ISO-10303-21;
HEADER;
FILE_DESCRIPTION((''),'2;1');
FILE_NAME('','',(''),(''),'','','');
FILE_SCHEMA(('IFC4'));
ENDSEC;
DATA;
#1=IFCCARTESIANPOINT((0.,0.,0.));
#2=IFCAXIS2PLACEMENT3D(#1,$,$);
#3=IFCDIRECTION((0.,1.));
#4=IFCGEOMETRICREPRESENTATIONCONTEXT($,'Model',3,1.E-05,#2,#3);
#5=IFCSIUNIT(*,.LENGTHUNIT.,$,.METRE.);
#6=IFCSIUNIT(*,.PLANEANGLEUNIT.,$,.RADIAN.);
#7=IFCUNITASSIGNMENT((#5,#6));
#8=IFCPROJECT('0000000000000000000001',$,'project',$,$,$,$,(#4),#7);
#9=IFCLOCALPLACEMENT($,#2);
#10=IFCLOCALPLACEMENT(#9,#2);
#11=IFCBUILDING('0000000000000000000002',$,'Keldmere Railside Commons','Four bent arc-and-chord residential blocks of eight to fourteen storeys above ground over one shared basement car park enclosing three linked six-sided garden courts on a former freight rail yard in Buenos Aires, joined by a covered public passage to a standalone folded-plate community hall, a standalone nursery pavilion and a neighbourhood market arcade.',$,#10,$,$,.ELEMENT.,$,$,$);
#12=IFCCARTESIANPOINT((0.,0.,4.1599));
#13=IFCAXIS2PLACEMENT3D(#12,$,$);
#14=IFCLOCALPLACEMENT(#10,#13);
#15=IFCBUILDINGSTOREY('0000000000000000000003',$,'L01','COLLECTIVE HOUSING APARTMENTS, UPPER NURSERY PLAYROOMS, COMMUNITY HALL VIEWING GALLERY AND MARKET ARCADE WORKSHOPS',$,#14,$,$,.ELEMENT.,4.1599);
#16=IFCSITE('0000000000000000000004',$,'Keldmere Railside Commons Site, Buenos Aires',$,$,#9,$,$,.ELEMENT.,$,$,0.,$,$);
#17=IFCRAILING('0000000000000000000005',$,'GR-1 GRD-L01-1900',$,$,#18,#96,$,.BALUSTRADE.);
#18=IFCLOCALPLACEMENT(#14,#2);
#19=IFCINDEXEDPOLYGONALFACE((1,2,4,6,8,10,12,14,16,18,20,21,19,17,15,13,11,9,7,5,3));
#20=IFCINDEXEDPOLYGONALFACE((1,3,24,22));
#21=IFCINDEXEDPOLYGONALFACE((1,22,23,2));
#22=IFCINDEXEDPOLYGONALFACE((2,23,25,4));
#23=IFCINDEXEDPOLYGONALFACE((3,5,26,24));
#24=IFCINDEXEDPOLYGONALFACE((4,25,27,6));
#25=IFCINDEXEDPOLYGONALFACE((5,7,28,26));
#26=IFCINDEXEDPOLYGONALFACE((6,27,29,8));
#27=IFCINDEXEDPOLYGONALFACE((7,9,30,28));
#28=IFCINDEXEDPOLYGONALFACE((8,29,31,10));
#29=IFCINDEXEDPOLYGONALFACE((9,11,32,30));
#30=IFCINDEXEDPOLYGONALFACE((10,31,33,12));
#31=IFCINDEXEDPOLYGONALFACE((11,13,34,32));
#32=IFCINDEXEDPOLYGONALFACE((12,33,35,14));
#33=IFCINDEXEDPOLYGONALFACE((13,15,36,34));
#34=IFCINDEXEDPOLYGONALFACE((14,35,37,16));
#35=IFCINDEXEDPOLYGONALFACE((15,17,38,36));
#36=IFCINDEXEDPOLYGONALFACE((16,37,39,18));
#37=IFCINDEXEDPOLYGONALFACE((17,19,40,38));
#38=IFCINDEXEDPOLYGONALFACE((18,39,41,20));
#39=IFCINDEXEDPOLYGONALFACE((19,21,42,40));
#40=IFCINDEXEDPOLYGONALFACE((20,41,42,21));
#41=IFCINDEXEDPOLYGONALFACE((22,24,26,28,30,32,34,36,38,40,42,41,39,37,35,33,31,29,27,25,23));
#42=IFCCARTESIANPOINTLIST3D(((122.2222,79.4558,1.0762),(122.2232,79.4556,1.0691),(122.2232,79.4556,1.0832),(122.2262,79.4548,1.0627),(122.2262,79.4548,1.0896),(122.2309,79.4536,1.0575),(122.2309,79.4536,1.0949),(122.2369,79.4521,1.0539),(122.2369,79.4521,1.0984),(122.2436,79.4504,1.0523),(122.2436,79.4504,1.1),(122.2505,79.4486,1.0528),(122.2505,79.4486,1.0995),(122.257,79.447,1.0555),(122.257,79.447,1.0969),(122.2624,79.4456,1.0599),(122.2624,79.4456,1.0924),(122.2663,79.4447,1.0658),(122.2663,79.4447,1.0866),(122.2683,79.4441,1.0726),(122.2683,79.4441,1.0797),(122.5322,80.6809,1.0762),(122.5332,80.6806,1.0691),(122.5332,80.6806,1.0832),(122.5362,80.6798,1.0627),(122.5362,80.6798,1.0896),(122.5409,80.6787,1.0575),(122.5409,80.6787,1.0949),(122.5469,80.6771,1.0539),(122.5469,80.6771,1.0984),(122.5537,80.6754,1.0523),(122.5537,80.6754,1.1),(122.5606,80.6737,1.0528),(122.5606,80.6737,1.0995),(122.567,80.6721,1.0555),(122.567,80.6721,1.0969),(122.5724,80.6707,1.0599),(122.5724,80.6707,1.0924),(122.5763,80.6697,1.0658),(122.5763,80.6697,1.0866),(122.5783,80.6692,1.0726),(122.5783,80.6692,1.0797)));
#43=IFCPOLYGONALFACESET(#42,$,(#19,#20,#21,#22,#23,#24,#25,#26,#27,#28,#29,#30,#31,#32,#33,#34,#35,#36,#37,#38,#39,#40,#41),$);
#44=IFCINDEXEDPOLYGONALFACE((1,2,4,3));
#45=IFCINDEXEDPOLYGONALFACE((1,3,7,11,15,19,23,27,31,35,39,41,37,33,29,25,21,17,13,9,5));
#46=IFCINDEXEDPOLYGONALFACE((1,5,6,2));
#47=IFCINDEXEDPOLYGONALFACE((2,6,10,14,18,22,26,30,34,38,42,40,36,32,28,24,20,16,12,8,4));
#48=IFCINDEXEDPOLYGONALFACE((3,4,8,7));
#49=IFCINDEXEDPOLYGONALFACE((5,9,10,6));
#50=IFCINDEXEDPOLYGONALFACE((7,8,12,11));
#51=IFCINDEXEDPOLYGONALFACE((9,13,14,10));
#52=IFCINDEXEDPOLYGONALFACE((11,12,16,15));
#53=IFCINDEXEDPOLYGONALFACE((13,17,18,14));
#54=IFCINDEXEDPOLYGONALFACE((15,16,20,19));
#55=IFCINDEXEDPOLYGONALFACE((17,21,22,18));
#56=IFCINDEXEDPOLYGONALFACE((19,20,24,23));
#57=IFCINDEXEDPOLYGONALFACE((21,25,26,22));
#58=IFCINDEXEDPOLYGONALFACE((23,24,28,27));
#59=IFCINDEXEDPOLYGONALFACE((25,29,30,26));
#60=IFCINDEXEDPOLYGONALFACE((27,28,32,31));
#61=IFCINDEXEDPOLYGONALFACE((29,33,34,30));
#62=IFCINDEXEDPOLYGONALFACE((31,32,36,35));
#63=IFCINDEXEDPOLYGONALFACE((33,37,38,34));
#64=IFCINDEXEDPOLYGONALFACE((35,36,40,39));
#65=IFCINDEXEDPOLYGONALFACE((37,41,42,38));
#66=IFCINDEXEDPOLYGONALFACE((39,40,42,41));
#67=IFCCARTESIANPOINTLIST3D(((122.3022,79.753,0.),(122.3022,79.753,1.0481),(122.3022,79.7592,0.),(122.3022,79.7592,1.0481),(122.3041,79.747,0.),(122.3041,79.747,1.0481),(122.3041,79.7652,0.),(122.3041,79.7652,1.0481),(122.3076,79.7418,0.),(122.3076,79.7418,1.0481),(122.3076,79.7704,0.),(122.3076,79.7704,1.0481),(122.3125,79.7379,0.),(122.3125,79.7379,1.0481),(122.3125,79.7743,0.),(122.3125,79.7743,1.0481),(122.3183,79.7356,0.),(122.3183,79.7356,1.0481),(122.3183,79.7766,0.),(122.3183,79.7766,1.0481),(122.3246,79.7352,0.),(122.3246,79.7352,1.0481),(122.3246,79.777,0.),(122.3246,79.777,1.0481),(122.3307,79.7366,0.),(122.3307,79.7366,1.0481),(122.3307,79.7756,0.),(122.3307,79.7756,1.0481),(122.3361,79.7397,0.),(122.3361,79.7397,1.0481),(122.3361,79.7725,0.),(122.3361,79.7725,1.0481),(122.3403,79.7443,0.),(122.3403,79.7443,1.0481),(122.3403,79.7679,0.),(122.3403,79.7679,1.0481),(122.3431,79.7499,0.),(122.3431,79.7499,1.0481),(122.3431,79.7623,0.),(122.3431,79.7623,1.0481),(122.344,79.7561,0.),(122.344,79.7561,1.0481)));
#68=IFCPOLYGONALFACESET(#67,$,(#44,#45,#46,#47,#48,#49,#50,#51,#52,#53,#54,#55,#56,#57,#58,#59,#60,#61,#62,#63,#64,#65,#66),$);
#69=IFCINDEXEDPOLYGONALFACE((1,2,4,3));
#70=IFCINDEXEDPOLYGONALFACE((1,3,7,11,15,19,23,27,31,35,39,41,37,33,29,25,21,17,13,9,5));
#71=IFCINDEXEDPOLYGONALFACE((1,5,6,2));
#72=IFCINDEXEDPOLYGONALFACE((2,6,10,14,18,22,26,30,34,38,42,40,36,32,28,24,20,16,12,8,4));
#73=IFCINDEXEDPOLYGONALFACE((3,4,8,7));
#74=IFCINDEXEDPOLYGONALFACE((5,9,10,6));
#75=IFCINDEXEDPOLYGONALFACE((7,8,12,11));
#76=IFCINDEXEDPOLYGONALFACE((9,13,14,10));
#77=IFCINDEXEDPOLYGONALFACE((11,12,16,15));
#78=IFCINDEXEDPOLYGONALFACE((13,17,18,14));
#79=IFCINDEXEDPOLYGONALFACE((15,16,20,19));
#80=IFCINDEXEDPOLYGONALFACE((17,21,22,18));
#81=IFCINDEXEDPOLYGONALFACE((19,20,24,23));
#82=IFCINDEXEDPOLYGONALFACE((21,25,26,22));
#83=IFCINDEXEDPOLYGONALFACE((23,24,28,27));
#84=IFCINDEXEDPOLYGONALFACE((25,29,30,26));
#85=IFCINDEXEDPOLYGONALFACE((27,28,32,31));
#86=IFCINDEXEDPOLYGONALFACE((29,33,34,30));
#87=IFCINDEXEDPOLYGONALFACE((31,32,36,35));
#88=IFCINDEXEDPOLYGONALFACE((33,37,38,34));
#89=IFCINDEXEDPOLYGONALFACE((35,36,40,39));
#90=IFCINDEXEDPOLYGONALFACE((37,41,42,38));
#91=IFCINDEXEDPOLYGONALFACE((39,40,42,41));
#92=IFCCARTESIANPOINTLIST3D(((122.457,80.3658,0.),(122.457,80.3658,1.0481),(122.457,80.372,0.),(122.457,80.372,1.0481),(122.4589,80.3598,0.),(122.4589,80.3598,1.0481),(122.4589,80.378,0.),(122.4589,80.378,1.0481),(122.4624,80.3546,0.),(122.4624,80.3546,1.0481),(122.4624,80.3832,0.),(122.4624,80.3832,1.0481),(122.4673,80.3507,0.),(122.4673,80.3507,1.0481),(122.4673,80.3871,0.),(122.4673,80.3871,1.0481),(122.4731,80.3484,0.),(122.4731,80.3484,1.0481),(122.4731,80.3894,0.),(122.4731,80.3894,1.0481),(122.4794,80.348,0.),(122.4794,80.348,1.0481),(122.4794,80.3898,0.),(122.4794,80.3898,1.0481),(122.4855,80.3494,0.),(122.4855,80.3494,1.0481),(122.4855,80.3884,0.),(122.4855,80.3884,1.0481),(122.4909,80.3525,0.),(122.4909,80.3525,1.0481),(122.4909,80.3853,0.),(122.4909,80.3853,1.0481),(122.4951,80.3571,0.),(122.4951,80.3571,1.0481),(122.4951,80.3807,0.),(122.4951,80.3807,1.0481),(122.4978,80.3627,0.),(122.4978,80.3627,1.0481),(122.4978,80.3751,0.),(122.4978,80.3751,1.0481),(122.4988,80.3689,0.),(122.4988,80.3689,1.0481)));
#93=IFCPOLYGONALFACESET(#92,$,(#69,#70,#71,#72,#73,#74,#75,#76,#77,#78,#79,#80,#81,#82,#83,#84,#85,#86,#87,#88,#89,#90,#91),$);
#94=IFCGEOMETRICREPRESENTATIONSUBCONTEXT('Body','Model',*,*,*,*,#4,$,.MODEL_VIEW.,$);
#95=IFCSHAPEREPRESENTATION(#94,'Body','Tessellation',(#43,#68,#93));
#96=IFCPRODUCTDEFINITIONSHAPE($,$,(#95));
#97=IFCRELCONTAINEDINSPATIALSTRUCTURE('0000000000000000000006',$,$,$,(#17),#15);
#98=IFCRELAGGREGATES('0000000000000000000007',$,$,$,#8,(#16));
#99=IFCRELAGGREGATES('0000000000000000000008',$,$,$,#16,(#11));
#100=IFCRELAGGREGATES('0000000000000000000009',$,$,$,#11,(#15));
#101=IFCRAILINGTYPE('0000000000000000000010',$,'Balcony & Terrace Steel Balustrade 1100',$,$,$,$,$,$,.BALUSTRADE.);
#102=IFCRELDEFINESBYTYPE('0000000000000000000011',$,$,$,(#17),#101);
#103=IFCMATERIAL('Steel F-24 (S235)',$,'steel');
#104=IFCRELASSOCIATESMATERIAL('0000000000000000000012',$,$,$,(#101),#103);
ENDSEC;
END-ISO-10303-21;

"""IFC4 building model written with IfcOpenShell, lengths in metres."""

from ifc_helpers import new_model, si_unit, direction, frame, origin, origin_2d, place, context, subcontext, project, spatial, circle, extrude, material, type_object, element, save


model = new_model("IFC4")

# Units and contexts
model_context = context("Model", 3, precision=1e-05, world=origin(), true_north=direction((0.0, 1.0)))
body_context = subcontext(model_context, "Body", "Model", "MODEL_VIEW")
ifc_project = project(units=[si_unit("LENGTHUNIT", "METRE"), si_unit("PLANEANGLEUNIT", "RADIAN")], contexts=[model_context])

# Site, building, storey
site_placement = place(None, origin())
site = spatial("IfcSite", under=ifc_project, at=site_placement, Name="Keldmere Railside Commons Site, Buenos Aires", CompositionType="ELEMENT", RefElevation=0.0)
building_placement = place(site_placement, origin())
building = spatial("IfcBuilding", under=site, at=building_placement, Name="Keldmere Railside Commons", Description="Four bent arc-and-chord residential blocks of eight to fourteen storeys above ground over one shared basement car park enclosing three linked six-sided garden courts on a former freight rail yard in Buenos Aires, joined by a covered public passage to a standalone folded-plate community hall, a standalone nursery pavilion and a neighbourhood market arcade.", CompositionType="ELEMENT")
storey_placement = place(building_placement, frame((0.0, 0.0, 4.1599)))
storey = spatial("IfcBuildingStorey", under=building, at=storey_placement, Name="L01", Description="COLLECTIVE HOUSING APARTMENTS, UPPER NURSERY PLAYROOMS, COMMUNITY HALL VIEWING GALLERY AND MARKET ARCADE WORKSHOPS", CompositionType="ELEMENT", Elevation=4.1599)

# Railing
ifc_material_1 = material(Name="Steel F-24 (S235)", Category="steel")
railing_type = type_object("IfcRailingType", Name="Balcony & Terrace Steel Balustrade 1100", PredefinedType="BALUSTRADE", material=ifc_material_1)
railing_1_placement = place(storey_placement, frame((122.2454, 79.45, 0.0)))
element("IfcRailing", 1, at=railing_1_placement, inside=storey, type_object=railing_type, Name="GR-1 GRD-L01-1900", PredefinedType="BALUSTRADE", context=body_context, shape_type="SweptSolid", body=[
    extrude(circle(Radius=0.0239, at=origin_2d()), frame((0.0, 0.0, 1.0762), z_axis=(0.245353, 0.969434, 0.0), x_axis=(-0.969434, 0.245353, 0.0)), (0.0, 0.0, 1.0), 1.2637),
    extrude(circle(Radius=0.021, at=origin_2d()), frame((0.0776, 0.3062, 0.0)), (0.0, 0.0, 1.0), 1.0481),
    extrude(circle(Radius=0.021, at=origin_2d()), frame((0.2324, 0.9189, 0.0)), (0.0, 0.0, 1.0), 1.0481),
])

save(model, "model.ifc")
